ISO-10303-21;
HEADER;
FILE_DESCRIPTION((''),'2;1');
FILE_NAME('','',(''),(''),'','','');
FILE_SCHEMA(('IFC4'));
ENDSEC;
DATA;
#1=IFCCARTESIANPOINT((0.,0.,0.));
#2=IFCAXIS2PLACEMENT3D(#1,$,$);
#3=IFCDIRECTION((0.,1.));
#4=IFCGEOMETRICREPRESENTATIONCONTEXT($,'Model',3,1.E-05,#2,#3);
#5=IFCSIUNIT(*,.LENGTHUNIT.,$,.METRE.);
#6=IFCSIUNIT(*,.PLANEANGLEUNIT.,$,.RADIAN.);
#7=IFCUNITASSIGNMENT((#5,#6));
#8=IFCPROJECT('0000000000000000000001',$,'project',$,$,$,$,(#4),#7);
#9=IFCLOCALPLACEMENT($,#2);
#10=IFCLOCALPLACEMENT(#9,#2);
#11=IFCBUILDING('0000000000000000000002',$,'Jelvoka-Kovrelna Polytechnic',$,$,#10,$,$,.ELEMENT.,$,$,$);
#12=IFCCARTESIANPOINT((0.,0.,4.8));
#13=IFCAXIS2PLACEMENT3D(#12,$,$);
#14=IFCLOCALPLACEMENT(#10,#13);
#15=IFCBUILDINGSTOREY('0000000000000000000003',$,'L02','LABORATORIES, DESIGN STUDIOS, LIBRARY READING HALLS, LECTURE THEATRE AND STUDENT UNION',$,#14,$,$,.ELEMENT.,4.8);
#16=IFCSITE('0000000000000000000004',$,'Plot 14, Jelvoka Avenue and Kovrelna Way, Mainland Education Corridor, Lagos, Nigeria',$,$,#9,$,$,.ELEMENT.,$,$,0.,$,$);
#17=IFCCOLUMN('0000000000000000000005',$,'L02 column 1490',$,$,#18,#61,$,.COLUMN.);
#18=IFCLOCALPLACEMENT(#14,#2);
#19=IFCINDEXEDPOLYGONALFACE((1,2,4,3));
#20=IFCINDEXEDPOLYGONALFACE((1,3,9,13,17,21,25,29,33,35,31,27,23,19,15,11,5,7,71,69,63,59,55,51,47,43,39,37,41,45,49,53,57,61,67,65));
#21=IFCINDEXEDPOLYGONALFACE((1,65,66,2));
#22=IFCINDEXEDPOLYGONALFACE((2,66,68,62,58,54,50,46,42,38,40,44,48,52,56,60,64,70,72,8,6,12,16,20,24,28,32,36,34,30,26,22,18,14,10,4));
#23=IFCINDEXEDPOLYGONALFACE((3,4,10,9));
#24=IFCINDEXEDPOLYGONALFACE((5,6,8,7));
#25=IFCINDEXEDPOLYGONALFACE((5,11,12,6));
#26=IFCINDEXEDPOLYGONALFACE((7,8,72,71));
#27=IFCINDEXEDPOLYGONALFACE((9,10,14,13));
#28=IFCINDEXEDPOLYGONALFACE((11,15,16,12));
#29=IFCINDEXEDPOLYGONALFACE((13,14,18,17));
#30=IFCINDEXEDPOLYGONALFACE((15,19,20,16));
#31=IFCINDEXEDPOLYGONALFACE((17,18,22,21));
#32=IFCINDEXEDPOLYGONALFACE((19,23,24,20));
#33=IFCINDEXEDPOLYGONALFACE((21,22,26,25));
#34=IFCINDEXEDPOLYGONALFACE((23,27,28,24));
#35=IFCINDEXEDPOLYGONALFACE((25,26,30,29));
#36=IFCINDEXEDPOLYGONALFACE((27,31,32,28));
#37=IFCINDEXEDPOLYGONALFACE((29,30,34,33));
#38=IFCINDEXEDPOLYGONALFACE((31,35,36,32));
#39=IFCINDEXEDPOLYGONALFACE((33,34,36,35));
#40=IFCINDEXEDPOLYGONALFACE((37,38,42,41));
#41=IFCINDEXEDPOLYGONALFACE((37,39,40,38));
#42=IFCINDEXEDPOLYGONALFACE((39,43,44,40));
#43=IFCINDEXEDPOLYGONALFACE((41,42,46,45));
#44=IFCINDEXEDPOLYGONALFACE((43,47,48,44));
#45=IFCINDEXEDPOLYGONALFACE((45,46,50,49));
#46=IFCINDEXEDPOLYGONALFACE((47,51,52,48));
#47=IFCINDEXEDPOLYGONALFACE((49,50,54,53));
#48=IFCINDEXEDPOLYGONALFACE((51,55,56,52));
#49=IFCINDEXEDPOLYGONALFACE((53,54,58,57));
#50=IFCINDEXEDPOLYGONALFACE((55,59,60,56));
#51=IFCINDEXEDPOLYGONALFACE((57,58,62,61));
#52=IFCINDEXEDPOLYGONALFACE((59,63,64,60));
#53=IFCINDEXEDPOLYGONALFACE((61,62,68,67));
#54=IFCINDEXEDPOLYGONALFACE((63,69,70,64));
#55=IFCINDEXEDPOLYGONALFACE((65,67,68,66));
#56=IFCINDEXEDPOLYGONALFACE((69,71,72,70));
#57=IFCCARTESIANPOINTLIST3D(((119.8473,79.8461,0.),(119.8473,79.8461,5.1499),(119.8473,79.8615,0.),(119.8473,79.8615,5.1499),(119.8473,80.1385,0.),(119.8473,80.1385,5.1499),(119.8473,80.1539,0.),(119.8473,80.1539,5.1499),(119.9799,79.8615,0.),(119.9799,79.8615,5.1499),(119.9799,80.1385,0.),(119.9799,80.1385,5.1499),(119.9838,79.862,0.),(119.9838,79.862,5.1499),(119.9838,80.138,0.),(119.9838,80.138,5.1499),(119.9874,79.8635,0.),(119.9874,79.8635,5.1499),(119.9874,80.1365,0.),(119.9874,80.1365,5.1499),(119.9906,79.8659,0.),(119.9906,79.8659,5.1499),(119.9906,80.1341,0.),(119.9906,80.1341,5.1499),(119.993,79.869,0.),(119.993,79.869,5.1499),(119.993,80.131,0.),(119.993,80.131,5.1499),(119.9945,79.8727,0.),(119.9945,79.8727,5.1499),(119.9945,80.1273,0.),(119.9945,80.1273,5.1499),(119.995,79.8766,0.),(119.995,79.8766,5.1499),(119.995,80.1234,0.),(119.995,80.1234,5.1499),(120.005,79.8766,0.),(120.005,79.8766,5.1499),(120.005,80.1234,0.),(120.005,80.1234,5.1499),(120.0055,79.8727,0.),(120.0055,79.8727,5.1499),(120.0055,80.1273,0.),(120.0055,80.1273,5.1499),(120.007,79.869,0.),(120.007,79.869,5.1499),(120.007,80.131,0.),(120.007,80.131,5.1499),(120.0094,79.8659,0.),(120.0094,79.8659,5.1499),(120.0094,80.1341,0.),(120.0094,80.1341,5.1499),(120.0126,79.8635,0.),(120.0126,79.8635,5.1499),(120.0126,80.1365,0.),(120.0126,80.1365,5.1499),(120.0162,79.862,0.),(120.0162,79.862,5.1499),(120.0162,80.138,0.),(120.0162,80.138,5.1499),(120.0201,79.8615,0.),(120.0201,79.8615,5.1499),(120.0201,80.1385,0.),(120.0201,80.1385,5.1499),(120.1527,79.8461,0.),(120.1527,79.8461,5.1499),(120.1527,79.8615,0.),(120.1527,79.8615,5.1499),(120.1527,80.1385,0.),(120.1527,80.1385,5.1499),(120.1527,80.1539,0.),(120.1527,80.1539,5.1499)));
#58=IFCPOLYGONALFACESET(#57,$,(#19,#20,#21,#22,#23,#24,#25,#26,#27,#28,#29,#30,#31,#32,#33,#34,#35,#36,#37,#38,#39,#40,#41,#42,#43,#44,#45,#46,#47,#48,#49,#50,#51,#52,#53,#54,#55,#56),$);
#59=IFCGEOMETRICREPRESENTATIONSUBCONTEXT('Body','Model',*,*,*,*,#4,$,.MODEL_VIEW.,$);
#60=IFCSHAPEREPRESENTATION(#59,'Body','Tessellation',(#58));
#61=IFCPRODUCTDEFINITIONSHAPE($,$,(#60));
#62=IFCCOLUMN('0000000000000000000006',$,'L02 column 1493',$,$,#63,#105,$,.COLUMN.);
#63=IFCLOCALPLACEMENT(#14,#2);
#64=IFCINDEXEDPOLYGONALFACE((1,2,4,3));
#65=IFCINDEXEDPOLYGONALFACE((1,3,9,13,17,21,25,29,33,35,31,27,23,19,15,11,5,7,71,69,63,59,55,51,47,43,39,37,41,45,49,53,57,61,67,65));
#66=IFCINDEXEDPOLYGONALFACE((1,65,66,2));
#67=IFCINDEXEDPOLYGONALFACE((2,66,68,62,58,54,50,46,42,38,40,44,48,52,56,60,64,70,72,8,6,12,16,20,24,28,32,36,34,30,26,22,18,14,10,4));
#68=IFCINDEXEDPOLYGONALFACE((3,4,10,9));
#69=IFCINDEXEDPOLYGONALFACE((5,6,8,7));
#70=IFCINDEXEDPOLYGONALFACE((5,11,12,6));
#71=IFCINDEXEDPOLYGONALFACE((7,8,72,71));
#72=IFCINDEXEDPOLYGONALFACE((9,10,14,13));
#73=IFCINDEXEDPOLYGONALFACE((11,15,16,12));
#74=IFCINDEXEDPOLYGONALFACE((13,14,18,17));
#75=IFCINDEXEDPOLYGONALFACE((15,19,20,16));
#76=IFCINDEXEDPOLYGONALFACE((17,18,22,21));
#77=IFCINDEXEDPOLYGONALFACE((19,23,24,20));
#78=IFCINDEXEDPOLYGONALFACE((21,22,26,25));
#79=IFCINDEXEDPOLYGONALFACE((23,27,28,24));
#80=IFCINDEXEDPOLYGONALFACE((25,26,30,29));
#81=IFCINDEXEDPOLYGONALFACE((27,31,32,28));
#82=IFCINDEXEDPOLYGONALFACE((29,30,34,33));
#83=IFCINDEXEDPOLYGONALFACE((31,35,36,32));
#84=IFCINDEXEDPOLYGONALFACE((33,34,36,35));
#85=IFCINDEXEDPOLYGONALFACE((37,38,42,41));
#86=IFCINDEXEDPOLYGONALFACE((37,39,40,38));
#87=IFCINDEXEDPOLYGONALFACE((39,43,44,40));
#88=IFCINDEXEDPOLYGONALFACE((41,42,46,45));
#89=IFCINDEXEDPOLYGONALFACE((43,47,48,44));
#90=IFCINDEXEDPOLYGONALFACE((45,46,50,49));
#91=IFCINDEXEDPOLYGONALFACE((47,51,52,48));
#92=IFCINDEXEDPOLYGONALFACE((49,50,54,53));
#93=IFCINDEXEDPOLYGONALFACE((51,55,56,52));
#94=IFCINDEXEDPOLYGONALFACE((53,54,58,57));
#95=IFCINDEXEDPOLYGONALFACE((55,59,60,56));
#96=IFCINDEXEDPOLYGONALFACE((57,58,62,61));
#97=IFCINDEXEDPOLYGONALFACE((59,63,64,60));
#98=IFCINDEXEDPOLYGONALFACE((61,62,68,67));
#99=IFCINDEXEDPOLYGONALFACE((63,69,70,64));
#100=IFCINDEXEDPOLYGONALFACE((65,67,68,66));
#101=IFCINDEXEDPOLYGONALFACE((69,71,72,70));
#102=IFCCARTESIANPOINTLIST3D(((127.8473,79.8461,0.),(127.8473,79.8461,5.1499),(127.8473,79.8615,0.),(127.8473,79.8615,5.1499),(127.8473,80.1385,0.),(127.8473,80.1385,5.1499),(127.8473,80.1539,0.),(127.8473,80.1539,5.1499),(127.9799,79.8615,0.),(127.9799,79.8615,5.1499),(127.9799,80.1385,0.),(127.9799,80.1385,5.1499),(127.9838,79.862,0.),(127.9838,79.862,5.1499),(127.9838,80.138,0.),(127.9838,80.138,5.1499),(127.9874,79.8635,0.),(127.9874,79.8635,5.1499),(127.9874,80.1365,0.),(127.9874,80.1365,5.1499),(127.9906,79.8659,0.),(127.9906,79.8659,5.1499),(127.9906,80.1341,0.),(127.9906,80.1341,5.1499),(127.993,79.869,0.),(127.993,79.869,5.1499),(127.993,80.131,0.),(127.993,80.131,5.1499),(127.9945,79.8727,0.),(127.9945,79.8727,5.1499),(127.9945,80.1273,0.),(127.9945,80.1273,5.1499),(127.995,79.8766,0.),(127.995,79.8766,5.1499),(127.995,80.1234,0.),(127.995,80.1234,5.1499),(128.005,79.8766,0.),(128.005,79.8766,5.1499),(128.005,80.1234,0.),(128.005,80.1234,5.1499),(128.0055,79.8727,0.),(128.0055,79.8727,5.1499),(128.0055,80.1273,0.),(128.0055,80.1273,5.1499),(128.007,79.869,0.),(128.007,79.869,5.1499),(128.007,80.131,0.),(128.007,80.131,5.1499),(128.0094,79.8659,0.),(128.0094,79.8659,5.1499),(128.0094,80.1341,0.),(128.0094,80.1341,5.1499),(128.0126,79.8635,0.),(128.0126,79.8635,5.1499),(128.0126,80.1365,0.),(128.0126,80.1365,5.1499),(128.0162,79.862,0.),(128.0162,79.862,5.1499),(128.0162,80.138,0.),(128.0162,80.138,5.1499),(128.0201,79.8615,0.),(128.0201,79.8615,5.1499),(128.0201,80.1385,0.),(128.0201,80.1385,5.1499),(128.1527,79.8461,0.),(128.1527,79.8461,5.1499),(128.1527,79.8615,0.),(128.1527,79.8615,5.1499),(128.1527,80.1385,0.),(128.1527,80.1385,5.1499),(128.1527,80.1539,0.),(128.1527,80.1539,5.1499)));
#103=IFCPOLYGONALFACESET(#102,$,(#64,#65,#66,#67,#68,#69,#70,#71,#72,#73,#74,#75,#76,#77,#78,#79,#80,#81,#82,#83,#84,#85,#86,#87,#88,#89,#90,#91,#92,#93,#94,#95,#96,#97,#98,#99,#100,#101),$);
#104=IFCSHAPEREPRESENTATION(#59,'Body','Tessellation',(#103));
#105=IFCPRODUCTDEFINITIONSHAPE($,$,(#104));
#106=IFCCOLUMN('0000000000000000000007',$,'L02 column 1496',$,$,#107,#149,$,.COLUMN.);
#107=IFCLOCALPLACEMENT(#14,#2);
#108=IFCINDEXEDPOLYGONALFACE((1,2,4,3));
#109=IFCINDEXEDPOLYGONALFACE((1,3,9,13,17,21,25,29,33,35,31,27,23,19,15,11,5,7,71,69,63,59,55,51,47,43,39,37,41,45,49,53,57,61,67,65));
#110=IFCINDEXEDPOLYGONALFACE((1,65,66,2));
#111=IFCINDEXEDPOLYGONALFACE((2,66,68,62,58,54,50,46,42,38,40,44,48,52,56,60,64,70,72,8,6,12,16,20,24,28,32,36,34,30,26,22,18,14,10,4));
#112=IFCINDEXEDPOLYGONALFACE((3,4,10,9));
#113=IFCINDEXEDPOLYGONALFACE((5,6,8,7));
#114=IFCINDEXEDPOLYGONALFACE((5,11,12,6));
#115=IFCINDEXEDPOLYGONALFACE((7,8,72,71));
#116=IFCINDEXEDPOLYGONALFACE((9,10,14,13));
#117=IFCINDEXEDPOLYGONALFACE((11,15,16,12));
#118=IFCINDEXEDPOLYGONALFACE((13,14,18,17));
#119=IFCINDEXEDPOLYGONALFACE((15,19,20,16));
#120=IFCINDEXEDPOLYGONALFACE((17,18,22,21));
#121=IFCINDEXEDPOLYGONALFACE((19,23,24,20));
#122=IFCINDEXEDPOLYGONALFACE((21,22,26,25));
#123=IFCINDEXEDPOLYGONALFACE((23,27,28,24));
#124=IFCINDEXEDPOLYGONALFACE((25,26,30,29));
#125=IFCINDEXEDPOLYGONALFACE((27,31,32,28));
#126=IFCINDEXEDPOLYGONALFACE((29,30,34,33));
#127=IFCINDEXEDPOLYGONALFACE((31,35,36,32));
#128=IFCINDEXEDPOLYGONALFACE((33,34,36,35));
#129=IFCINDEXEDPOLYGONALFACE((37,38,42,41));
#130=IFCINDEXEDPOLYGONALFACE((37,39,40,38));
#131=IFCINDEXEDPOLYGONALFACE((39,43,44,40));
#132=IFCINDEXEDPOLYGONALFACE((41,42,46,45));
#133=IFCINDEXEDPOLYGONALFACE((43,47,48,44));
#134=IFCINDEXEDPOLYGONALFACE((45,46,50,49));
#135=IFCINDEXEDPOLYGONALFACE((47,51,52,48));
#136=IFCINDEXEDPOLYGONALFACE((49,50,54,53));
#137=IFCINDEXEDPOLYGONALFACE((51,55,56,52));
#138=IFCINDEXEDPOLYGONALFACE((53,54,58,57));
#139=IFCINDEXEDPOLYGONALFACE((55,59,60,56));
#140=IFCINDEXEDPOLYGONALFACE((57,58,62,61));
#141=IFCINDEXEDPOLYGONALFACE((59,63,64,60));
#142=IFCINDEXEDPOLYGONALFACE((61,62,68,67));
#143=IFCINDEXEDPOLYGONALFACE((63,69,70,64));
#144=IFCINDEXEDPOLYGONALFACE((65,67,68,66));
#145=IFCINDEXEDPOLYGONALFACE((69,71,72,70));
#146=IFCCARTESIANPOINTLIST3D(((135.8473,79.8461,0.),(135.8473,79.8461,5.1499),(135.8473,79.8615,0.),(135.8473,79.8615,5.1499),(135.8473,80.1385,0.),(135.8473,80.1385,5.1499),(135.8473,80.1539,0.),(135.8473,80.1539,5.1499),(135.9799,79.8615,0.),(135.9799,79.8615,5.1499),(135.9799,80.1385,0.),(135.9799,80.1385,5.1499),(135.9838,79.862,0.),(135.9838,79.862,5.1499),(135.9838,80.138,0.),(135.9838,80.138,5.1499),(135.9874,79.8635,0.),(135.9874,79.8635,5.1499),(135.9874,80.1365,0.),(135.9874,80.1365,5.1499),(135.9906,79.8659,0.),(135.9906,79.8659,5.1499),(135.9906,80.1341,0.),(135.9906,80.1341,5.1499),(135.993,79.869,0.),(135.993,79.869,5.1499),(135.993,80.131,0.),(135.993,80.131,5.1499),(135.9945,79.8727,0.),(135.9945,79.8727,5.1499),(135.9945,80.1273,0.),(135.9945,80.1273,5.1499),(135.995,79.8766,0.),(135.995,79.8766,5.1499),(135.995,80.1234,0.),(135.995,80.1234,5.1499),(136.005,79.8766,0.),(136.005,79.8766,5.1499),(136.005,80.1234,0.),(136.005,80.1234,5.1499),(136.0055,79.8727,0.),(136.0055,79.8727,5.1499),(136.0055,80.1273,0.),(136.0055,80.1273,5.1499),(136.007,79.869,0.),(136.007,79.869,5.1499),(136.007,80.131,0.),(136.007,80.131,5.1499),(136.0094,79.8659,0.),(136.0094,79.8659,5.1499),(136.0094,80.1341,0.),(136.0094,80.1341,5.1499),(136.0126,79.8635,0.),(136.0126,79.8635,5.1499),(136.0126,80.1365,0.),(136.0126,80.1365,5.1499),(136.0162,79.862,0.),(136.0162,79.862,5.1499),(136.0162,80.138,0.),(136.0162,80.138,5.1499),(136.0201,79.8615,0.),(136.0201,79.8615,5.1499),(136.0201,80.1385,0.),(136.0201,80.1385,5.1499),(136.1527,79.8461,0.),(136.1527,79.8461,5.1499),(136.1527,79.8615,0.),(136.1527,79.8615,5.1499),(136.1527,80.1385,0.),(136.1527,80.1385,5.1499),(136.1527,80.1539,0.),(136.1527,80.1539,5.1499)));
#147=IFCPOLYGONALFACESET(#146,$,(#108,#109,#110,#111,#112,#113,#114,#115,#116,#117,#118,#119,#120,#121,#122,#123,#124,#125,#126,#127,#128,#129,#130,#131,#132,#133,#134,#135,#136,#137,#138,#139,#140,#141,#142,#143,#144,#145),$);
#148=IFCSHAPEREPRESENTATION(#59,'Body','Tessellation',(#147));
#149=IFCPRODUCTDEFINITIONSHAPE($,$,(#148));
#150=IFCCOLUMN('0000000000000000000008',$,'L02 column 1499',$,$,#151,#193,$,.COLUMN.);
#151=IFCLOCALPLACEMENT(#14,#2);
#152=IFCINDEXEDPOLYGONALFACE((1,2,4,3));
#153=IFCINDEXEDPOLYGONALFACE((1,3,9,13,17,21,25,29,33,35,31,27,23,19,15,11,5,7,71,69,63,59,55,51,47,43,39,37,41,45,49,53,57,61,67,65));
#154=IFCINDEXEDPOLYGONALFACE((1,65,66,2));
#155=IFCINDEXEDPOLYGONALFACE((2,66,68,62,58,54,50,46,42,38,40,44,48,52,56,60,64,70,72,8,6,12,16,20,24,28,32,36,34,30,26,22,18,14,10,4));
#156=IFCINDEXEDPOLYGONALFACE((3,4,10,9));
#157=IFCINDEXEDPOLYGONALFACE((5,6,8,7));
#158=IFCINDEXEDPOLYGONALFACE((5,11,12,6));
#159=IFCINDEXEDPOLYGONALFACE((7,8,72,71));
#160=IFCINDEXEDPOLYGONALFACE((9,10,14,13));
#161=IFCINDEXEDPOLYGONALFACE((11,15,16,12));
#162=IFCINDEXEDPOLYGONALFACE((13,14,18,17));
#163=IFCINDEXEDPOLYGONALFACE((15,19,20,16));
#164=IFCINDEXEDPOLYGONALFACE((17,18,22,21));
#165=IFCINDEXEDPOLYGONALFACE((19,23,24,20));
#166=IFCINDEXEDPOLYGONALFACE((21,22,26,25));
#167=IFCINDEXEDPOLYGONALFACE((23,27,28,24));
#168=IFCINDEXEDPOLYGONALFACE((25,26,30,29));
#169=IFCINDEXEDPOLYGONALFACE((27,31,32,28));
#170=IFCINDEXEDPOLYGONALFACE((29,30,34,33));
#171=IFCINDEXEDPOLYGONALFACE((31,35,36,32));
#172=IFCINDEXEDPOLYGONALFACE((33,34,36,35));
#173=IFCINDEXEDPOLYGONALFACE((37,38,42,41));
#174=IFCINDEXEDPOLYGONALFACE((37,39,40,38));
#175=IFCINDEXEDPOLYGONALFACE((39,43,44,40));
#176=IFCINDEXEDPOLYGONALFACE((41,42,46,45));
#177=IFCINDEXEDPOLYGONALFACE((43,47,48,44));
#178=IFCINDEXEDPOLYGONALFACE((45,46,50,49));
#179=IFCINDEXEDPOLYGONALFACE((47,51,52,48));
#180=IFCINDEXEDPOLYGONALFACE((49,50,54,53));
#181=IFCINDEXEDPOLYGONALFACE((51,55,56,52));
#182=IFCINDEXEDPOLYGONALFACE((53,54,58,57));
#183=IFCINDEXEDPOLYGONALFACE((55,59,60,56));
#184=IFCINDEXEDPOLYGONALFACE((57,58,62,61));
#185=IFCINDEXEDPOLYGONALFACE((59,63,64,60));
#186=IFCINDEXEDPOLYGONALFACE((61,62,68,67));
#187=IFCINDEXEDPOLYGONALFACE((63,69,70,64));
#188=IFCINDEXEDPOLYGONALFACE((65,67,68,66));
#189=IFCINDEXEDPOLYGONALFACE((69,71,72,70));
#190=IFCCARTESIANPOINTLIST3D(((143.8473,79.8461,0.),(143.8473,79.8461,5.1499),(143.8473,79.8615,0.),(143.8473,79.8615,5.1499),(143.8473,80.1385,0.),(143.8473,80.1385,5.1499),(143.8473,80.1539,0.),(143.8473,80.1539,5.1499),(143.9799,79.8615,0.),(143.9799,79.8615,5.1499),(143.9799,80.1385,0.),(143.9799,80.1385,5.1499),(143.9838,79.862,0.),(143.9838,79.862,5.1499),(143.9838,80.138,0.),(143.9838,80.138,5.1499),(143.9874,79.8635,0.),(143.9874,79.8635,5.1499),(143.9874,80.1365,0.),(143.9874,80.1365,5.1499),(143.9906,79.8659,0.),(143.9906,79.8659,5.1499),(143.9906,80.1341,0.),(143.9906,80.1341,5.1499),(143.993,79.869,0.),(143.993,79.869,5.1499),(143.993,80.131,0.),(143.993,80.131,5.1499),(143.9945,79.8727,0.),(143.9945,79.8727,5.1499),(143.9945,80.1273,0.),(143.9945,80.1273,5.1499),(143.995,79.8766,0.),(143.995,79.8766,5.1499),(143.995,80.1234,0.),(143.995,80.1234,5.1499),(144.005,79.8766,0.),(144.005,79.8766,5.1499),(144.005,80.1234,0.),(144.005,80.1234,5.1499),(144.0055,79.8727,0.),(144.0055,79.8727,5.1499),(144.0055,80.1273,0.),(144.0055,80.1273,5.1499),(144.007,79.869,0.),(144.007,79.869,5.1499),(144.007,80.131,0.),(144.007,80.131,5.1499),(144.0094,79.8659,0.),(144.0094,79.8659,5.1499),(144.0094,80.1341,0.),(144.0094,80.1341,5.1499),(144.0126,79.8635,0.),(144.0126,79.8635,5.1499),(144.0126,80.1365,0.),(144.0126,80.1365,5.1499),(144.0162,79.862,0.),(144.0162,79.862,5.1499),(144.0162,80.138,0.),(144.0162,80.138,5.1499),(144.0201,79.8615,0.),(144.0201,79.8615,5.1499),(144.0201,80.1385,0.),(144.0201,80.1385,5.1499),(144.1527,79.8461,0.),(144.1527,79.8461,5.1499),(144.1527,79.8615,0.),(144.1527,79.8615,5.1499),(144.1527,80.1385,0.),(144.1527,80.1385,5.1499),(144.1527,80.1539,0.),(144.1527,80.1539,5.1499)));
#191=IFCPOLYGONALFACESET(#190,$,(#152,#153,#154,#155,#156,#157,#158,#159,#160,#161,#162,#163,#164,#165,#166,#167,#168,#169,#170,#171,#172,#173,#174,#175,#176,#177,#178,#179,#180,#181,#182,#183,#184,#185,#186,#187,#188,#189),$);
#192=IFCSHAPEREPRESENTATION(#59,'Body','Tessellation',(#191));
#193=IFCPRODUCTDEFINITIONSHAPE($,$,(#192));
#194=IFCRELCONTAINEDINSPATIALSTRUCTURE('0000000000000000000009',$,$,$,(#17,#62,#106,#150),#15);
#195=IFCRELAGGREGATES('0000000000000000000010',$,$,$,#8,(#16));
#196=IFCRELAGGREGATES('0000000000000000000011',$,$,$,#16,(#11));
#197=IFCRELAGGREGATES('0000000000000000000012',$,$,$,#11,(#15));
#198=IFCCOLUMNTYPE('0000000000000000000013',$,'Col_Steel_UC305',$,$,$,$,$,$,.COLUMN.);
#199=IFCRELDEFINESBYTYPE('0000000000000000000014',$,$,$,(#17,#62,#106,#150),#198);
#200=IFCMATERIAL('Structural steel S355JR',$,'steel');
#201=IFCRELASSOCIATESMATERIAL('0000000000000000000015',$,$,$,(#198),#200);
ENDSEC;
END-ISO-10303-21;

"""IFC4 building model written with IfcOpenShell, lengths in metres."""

from ifc_helpers import new_model, si_unit, direction, frame, origin, origin_2d, place, context, subcontext, project, spatial, i_section, extrude, material, material_profile, profile_set, type_object, element, save


model = new_model("IFC4")

# Units and contexts
model_context = context("Model", 3, precision=1e-05, world=origin(), true_north=direction((0.0, 1.0)))
body_context = subcontext(model_context, "Body", "Model", "MODEL_VIEW")
ifc_project = project(units=[si_unit("LENGTHUNIT", "METRE"), si_unit("PLANEANGLEUNIT", "RADIAN")], contexts=[model_context])

# Site, building, storey
site_placement = place(None, origin())
site = spatial("IfcSite", under=ifc_project, at=site_placement, Name="Plot 14, Jelvoka Avenue and Kovrelna Way, Mainland Education Corridor, Lagos, Nigeria", CompositionType="ELEMENT", RefElevation=0.0)
building_placement = place(site_placement, origin())
building = spatial("IfcBuilding", under=site, at=building_placement, Name="Jelvoka-Kovrelna Polytechnic", CompositionType="ELEMENT")
storey_placement = place(building_placement, frame((0.0, 0.0, 4.8)))
storey = spatial("IfcBuildingStorey", under=building, at=storey_placement, Name="L02", Description="LABORATORIES, DESIGN STUDIOS, LIBRARY READING HALLS, LECTURE THEATRE AND STUDENT UNION", CompositionType="ELEMENT", Elevation=4.8)

# Columns
ifc_material_1 = material(Name="Structural steel S355JR", Category="steel")
ifc_material_profile_1 = material_profile(ifc_material_1, i_section(OverallWidth=0.3054, OverallDepth=0.3079, WebThickness=0.01, FlangeThickness=0.0154, FilletRadius=0.0151, at=origin_2d()), Name="305x305x97 UC")
ifc_profile_set_1 = profile_set([ifc_material_profile_1], Name="Structural steel S355JR")
column_type = type_object("IfcColumnType", Name="Col_Steel_UC305", PredefinedType="COLUMN", material=ifc_profile_set_1)
for number, where, z_axis, x_axis, name in (
    (1, (120.0, 80.0, 0.0), (0.0, 0.0, 1.0), (1.0, 0.0, 0.0), "L02 column 1490"),
    (2, (128.0, 80.0, 0.0), (0.0, 0.0, 1.0), (1.0, 0.0, 0.0), "L02 column 1493"),
    (3, (136.0, 80.0, 0.0), (0.0, 0.0, 1.0), (1.0, 0.0, 0.0), "L02 column 1496"),
    (4, (144.0, 80.0, 0.0), (0.0, 0.0, 1.0), (1.0, 0.0, 0.0), "L02 column 1499"),
):
    element("IfcColumn", number, at=place(storey_placement, frame(where, z_axis=z_axis, x_axis=x_axis)), inside=storey, type_object=column_type, Name=name, PredefinedType="COLUMN", context=body_context, shape_type="SweptSolid", body=[
        extrude(i_section(OverallWidth=0.3054, OverallDepth=0.3079, WebThickness=0.01, FlangeThickness=0.0154, FilletRadius=0.0151, at=origin_2d()), origin(), (0.0, 0.0, 1.0), 5.1499),
    ])

save(model, "model.ifc")
